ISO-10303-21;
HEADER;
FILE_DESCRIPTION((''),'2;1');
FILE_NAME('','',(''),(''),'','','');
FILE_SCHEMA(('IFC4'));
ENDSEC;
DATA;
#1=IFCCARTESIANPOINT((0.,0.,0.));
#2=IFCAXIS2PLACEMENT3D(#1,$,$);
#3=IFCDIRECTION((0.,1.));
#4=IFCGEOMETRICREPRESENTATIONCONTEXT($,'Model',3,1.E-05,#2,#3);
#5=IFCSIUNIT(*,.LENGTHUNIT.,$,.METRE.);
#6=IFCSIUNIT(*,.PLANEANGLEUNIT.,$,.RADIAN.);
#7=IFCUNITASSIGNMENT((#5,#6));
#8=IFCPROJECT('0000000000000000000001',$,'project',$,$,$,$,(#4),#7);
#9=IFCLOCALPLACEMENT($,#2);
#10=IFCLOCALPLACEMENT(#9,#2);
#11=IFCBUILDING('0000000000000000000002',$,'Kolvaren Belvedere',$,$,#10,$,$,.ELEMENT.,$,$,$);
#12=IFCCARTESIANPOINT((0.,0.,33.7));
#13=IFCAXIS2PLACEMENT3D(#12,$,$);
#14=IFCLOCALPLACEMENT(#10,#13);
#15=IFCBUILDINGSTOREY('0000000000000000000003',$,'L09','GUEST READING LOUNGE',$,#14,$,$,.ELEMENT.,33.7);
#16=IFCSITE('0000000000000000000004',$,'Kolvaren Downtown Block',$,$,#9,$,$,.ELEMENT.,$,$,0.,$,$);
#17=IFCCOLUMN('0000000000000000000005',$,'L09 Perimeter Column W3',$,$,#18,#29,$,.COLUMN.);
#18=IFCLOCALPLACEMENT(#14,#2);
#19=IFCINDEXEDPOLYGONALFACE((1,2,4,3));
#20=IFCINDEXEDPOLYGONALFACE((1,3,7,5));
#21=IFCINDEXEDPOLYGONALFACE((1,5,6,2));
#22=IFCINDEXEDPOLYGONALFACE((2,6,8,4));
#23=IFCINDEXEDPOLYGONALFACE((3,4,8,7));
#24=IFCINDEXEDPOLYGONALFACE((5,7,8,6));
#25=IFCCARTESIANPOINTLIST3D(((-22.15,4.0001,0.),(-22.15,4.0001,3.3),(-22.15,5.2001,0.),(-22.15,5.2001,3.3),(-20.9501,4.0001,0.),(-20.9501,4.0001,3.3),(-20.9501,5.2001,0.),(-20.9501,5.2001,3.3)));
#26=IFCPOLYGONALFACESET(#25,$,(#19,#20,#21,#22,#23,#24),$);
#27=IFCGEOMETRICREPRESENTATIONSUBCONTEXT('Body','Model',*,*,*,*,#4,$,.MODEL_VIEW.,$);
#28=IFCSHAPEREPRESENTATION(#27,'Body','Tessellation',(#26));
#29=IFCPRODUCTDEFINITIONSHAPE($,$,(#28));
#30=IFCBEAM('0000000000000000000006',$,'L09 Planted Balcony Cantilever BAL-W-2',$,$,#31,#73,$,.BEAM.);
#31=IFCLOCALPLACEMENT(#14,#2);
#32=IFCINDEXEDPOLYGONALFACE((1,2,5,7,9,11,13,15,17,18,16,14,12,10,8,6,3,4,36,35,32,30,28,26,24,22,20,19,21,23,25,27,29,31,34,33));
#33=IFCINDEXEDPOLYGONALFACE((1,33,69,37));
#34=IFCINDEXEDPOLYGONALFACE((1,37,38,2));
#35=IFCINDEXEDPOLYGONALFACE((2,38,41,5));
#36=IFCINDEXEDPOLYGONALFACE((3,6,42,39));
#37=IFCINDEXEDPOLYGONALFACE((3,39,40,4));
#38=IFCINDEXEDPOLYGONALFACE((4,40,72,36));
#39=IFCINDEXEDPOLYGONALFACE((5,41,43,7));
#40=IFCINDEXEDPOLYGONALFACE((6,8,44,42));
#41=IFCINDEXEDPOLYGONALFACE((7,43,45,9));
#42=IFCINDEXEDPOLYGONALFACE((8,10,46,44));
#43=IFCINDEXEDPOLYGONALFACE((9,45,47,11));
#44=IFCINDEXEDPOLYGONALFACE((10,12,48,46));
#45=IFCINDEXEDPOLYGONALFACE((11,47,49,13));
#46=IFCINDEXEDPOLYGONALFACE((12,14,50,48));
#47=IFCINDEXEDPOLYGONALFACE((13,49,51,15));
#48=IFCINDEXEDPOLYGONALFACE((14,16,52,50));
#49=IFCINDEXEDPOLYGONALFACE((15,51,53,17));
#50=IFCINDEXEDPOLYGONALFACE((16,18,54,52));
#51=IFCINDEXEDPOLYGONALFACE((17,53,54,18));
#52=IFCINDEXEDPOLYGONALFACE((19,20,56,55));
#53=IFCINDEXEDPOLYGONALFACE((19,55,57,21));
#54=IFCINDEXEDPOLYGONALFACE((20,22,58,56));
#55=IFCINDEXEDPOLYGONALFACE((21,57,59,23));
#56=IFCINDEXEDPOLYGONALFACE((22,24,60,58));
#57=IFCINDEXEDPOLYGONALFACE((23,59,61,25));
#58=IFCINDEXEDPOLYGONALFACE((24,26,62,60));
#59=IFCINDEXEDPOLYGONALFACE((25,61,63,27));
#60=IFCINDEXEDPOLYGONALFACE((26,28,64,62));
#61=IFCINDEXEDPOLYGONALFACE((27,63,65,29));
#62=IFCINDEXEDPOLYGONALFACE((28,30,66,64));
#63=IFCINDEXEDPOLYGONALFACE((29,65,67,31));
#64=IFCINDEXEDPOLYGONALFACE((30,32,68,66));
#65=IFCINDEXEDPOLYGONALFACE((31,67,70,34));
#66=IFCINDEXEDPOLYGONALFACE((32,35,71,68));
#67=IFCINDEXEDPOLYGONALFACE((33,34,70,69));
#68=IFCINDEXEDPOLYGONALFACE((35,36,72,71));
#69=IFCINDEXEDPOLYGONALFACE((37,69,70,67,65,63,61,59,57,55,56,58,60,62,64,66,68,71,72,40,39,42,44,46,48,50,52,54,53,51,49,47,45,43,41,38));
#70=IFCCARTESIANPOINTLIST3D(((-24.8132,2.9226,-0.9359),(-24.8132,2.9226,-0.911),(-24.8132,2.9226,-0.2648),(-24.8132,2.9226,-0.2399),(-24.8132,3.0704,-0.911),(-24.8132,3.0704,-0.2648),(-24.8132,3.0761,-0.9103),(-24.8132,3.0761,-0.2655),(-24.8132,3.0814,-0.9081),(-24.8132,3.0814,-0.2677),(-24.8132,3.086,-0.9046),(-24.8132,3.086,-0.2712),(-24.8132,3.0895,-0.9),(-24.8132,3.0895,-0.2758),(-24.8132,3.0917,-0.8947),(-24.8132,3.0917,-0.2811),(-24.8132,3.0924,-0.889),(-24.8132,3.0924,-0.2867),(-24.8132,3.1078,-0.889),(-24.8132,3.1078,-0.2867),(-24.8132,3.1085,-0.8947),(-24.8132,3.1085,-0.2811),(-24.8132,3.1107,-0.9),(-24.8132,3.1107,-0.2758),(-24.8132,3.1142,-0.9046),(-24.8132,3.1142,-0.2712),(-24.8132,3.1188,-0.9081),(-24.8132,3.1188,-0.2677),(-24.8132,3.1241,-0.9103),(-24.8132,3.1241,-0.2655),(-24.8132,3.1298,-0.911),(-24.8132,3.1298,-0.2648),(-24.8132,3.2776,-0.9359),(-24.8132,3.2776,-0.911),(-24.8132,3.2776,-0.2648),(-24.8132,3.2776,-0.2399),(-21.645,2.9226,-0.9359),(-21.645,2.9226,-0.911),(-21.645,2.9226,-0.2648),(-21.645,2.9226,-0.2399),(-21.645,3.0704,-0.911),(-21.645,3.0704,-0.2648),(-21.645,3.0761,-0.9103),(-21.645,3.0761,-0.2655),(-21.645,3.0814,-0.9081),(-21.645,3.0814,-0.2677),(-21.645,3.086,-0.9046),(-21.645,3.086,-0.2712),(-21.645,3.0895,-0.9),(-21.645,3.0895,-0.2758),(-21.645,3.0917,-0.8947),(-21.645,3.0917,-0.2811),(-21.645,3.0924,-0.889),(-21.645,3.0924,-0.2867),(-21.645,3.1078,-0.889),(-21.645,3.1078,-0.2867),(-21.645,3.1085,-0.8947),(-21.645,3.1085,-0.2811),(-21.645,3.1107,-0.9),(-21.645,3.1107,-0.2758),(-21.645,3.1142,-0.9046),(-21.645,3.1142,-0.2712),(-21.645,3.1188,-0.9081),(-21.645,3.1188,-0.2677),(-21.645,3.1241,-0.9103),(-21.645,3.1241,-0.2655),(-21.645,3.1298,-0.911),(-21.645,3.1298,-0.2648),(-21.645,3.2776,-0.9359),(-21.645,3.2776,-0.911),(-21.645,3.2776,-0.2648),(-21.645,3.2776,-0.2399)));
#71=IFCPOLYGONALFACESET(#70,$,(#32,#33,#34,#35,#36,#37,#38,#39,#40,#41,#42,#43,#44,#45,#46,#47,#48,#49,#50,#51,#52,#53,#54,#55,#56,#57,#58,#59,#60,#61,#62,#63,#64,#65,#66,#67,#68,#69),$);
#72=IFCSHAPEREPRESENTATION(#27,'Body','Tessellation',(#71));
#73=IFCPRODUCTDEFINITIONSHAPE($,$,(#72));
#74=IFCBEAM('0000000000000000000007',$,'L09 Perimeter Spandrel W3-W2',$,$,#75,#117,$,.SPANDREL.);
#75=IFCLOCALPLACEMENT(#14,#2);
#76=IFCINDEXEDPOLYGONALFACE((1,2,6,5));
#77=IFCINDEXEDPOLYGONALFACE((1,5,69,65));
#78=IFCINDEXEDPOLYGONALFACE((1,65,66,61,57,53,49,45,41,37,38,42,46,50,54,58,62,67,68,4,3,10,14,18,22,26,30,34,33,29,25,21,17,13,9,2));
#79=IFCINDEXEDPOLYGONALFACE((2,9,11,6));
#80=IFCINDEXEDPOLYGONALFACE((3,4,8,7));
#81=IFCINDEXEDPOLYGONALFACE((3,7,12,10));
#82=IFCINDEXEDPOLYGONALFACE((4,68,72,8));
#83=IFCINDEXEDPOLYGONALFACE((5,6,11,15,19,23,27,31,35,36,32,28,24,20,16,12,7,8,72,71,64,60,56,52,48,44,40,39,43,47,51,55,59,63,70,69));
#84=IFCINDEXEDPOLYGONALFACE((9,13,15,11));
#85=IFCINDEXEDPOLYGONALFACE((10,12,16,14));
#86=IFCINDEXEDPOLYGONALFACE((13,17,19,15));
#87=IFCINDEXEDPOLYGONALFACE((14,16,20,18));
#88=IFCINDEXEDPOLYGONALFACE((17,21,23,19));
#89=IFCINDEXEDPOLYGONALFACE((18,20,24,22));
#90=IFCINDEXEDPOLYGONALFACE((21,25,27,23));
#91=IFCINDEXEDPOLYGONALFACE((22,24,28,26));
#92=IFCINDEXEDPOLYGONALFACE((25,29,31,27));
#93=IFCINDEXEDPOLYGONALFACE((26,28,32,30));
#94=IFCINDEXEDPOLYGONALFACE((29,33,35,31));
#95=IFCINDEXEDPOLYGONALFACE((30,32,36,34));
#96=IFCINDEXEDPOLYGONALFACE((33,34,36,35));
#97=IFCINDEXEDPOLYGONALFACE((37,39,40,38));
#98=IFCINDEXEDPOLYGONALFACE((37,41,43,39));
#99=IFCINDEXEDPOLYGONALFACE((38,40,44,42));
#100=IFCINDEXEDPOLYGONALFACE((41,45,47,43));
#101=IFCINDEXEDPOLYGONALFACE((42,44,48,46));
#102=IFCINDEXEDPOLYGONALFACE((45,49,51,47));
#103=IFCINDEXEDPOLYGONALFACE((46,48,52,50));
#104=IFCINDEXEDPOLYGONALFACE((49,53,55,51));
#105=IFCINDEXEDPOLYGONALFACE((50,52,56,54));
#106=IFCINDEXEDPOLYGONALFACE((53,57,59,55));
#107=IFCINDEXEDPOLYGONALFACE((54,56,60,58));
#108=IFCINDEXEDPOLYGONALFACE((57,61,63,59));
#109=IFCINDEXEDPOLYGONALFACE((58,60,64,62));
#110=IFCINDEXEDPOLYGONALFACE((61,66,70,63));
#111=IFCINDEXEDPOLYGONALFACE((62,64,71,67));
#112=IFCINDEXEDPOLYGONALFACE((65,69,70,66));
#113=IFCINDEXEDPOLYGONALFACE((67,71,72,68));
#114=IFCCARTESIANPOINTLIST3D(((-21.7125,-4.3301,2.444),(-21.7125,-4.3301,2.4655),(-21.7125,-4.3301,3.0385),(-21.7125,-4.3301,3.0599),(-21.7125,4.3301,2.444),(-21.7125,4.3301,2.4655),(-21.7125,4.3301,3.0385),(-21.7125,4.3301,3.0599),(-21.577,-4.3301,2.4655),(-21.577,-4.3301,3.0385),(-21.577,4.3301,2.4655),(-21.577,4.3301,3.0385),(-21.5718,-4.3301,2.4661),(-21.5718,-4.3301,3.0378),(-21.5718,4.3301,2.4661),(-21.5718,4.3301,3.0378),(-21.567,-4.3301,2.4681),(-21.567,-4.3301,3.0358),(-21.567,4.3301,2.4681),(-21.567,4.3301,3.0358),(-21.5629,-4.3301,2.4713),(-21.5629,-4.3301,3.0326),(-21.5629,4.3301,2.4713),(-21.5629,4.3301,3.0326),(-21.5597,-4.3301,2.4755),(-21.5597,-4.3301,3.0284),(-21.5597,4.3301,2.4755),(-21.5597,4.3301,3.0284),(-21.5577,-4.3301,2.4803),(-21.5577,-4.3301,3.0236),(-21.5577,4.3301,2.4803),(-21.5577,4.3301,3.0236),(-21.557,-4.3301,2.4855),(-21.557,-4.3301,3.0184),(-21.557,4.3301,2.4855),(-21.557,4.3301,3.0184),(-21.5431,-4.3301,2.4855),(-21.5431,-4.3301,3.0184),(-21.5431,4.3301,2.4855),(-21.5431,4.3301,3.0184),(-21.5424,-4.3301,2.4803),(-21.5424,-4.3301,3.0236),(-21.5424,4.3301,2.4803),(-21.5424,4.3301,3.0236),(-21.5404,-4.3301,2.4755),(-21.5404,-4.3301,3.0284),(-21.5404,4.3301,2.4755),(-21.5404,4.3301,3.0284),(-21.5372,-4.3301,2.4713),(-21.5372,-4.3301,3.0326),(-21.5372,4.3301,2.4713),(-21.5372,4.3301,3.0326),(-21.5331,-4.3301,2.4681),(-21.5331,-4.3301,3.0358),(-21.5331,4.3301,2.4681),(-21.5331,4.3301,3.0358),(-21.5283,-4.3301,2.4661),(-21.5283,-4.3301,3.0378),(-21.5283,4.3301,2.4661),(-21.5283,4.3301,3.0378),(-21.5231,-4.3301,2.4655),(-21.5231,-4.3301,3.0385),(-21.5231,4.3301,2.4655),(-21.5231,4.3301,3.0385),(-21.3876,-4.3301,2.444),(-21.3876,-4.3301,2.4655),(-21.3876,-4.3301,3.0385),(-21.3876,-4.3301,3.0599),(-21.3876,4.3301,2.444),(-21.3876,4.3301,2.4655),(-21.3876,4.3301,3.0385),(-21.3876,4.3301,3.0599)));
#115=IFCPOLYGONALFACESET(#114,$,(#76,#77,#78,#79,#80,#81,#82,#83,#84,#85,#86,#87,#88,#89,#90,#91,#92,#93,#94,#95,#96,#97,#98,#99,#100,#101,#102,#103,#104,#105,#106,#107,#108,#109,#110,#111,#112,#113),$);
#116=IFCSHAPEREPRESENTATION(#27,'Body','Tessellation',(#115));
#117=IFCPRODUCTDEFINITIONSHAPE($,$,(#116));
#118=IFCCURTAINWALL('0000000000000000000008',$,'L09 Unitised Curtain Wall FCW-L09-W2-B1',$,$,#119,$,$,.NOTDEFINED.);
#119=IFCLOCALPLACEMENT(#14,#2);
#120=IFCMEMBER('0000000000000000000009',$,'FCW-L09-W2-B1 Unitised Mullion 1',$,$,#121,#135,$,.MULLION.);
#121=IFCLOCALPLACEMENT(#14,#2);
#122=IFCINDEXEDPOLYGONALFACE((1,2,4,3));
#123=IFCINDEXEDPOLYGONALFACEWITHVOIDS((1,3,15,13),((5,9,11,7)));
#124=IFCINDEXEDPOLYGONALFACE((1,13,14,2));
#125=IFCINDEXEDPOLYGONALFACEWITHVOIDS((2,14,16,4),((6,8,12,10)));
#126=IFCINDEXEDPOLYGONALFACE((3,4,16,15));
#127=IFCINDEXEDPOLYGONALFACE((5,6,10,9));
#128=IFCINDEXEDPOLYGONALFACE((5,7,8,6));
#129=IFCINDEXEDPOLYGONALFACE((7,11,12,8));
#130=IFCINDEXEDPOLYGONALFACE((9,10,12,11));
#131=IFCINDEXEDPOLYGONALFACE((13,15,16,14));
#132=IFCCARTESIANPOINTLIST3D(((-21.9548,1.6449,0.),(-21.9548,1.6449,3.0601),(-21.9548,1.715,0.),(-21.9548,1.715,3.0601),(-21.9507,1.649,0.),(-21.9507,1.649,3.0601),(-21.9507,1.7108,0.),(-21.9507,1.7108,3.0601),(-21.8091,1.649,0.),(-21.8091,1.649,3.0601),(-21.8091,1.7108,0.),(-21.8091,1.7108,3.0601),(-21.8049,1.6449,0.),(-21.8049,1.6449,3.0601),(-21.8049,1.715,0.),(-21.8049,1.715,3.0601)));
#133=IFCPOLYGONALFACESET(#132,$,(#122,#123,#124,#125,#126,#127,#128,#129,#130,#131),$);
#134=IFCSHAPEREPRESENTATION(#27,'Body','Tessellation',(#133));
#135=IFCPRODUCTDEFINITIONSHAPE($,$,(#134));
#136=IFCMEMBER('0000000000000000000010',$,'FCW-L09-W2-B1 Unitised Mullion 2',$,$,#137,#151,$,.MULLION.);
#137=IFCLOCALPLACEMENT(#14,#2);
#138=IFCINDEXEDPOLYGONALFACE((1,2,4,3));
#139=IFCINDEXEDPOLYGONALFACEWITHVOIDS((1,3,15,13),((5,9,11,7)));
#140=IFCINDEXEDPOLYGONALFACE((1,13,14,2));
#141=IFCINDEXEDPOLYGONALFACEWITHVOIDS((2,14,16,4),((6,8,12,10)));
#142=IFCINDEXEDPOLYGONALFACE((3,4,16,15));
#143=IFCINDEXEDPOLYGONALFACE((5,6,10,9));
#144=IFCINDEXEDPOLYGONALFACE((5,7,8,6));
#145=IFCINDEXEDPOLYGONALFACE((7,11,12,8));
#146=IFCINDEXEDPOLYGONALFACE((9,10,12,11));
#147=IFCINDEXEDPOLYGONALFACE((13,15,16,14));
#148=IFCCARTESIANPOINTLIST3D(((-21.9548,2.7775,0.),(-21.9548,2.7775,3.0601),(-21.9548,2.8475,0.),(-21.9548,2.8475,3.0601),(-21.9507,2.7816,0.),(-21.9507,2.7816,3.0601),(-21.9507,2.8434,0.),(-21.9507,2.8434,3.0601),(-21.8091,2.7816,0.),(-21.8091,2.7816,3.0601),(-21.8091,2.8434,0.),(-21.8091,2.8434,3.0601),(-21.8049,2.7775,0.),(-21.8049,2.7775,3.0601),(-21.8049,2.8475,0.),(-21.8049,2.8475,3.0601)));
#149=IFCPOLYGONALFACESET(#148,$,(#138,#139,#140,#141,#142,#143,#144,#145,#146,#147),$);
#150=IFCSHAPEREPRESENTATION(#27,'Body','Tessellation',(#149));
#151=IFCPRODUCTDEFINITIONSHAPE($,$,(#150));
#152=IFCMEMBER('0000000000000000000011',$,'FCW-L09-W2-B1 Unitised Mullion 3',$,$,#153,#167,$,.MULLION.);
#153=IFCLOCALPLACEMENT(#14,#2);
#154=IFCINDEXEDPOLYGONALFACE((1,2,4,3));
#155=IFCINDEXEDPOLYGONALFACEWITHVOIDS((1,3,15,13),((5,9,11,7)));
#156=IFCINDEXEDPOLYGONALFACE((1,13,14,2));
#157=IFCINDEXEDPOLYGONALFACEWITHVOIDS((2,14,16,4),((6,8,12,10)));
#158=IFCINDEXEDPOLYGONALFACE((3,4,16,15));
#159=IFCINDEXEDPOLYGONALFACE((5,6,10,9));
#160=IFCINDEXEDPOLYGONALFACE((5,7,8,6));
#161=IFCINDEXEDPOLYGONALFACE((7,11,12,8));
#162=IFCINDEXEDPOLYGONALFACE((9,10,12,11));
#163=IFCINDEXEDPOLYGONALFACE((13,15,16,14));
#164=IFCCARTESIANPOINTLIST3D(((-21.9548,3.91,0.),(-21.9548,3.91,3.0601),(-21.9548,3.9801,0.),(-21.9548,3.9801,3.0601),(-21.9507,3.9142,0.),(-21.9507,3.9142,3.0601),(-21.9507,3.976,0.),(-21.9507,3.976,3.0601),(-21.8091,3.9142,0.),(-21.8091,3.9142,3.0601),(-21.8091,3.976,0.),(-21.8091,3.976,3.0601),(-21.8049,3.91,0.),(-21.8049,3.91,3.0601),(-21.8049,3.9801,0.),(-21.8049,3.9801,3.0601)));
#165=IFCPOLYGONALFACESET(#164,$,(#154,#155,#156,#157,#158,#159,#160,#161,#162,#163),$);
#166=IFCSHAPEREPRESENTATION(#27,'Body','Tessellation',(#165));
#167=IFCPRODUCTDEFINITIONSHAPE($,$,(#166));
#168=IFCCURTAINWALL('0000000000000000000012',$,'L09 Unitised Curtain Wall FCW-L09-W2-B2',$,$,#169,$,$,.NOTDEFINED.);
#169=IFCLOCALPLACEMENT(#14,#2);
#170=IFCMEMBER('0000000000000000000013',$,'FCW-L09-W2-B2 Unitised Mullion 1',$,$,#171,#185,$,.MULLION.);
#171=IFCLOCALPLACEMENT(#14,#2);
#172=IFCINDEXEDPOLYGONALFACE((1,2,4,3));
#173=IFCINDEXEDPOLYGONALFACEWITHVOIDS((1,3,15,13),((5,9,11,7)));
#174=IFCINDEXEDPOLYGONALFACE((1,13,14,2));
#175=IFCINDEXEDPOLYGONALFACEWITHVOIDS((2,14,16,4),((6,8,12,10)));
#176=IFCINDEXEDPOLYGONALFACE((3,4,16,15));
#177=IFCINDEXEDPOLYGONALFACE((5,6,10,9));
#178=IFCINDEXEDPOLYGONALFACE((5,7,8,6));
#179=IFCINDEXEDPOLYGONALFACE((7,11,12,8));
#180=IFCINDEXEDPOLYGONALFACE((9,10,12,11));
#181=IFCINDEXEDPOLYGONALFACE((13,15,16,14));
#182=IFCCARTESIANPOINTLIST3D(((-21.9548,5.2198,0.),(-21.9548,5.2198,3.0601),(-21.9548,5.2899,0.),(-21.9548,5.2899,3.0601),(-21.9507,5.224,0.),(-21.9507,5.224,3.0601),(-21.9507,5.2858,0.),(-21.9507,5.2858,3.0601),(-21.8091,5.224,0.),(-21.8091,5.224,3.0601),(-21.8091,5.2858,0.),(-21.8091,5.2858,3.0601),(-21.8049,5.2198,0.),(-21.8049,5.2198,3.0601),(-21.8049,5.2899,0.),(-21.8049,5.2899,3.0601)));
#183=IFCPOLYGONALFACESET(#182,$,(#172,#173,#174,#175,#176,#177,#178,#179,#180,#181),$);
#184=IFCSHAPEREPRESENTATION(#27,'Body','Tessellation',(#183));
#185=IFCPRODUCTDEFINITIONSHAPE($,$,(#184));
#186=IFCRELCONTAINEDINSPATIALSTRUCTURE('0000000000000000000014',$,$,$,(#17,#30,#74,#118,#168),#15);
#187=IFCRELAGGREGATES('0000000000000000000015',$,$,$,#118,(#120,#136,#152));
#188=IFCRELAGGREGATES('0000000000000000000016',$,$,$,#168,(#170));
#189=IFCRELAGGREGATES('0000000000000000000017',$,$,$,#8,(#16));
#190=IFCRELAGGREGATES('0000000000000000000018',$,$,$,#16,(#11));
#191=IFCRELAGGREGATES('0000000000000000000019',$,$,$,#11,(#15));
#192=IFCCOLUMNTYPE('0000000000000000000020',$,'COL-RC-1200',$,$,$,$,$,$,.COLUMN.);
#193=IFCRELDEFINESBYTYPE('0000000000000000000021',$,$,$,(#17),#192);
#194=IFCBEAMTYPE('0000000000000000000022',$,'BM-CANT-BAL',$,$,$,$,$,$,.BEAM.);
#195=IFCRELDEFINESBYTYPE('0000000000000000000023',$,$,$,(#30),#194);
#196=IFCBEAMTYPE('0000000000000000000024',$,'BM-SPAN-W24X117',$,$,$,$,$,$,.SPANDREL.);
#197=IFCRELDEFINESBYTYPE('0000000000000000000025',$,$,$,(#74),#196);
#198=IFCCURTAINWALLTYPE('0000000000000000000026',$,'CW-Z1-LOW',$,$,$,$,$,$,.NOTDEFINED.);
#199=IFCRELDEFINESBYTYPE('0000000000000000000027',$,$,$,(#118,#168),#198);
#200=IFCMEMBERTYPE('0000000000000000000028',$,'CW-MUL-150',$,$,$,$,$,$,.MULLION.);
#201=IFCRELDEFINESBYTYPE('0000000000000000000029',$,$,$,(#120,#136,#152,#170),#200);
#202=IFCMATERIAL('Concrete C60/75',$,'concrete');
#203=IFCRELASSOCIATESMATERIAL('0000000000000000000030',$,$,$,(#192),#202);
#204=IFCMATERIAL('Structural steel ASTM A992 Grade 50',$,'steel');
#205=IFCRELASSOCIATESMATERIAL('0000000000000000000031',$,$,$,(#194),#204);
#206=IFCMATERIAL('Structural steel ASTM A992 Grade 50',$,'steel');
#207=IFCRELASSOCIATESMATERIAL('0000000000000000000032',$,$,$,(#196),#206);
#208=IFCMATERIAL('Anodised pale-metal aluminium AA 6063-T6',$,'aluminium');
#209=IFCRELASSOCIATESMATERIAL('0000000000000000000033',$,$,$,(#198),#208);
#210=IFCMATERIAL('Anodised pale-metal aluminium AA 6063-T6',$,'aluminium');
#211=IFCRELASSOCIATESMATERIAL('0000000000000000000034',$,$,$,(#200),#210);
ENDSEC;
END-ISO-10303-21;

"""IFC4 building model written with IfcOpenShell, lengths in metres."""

from ifc_helpers import new_model, si_unit, direction, frame, origin, origin_2d, place, context, subcontext, project, spatial, rectangle, hollow_rectangle, i_section, extrude, material, material_profile, profile_set, type_object, element, aggregate, save


model = new_model("IFC4")

# Units and contexts
model_context = context("Model", 3, precision=1e-05, world=origin(), true_north=direction((0.0, 1.0)))
body_context = subcontext(model_context, "Body", "Model", "MODEL_VIEW")
ifc_project = project(units=[si_unit("LENGTHUNIT", "METRE"), si_unit("PLANEANGLEUNIT", "RADIAN")], contexts=[model_context])

# Site, building, storey
site_placement = place(None, origin())
site = spatial("IfcSite", under=ifc_project, at=site_placement, Name="Kolvaren Downtown Block", CompositionType="ELEMENT", RefElevation=0.0)
building_placement = place(site_placement, origin())
building = spatial("IfcBuilding", under=site, at=building_placement, Name="Kolvaren Belvedere", CompositionType="ELEMENT")
storey_placement = place(building_placement, frame((0.0, 0.0, 33.7)))
storey = spatial("IfcBuildingStorey", under=building, at=storey_placement, Name="L09", Description="GUEST READING LOUNGE", CompositionType="ELEMENT", Elevation=33.7)

# Column
ifc_material_1 = material(Name="Concrete C60/75", Category="concrete")
ifc_material_profile_1 = material_profile(ifc_material_1, rectangle(XDim=1.2, YDim=1.2, at=origin_2d()), Name="RC 1200X1200")
ifc_profile_set_1 = profile_set([ifc_material_profile_1], Name="Concrete C60/75")
column_type = type_object("IfcColumnType", Name="COL-RC-1200", PredefinedType="COLUMN", material=ifc_profile_set_1)
column_placement = place(storey_placement, frame((-21.55, 4.6001, 0.0), z_axis=(0.0, 0.0, 1.0), x_axis=(1.0, 0.0, 0.0)))
element("IfcColumn", 1, at=column_placement, inside=storey, type_object=column_type, Name="L09 Perimeter Column W3", PredefinedType="COLUMN", context=body_context, shape_type="SweptSolid", body=[
    extrude(rectangle(XDim=1.2, YDim=1.2, at=origin_2d()), origin(), (0.0, 0.0, 1.0), 3.3),
])

# Beams
ifc_material_2 = material(Name="Structural steel ASTM A992 Grade 50", Category="steel")
ifc_material_profile_2 = material_profile(ifc_material_2, i_section(OverallWidth=0.355, OverallDepth=0.696, WebThickness=0.0154, FlangeThickness=0.0249, FilletRadius=0.022, at=origin_2d()), Name="W27X146")
ifc_profile_set_2 = profile_set([ifc_material_profile_2], Name="Structural steel ASTM A992 Grade 50")
beam_type_1 = type_object("IfcBeamType", Name="BM-CANT-BAL", PredefinedType="BEAM", material=ifc_profile_set_2)
beam_1_placement = place(storey_placement, frame((-21.645, 3.1001, -0.5879), z_axis=(-1.0, 0.0, 0.0), x_axis=(0.0, -1.0, 0.0)))
element("IfcBeam", 2, at=beam_1_placement, inside=storey, type_object=beam_type_1, Name="L09 Planted Balcony Cantilever BAL-W-2", PredefinedType="BEAM", context=body_context, shape_type="SweptSolid", body=[
    extrude(i_section(OverallWidth=0.355, OverallDepth=0.696, WebThickness=0.0154, FlangeThickness=0.0249, FilletRadius=0.022, at=origin_2d()), origin(), (0.0, 0.0, 1.0), 3.1682),
])
ifc_material_3 = material(Name="Structural steel ASTM A992 Grade 50", Category="steel")
ifc_material_profile_3 = material_profile(ifc_material_3, i_section(OverallWidth=0.325, OverallDepth=0.616, WebThickness=0.0139, FlangeThickness=0.0215, FilletRadius=0.02, at=origin_2d()), Name="W24X117")
ifc_profile_set_3 = profile_set([ifc_material_profile_3], Name="Structural steel ASTM A992 Grade 50")
beam_type_2 = type_object("IfcBeamType", Name="BM-SPAN-W24X117", PredefinedType="SPANDREL", material=ifc_profile_set_3)
beam_2_placement = place(storey_placement, frame((-21.55, 4.3301, 2.752), z_axis=(0.0, -1.0, 0.0), x_axis=(1.0, 0.0, 0.0)))
element("IfcBeam", 3, at=beam_2_placement, inside=storey, type_object=beam_type_2, Name="L09 Perimeter Spandrel W3-W2", PredefinedType="SPANDREL", context=body_context, shape_type="SweptSolid", body=[
    extrude(i_section(OverallWidth=0.325, OverallDepth=0.616, WebThickness=0.0139, FlangeThickness=0.0215, FilletRadius=0.02, at=origin_2d()), origin(), (0.0, 0.0, 1.0), 8.6602),
])

# Curtain wall, members
ifc_material_4 = material(Name="Anodised pale-metal aluminium AA 6063-T6", Category="aluminium")
curtain_wall_type = type_object("IfcCurtainWallType", Name="CW-Z1-LOW", PredefinedType="NOTDEFINED", material=ifc_material_4)
curtain_wall_1_placement = place(storey_placement, origin())
curtain_wall_1 = element("IfcCurtainWall", 4, at=curtain_wall_1_placement, inside=storey, type_object=curtain_wall_type, Name="L09 Unitised Curtain Wall FCW-L09-W2-B1", PredefinedType="NOTDEFINED")
ifc_material_5 = material(Name="Anodised pale-metal aluminium AA 6063-T6", Category="aluminium")
ifc_material_profile_4 = material_profile(ifc_material_5, hollow_rectangle(XDim=0.0701, YDim=0.1499, WallThickness=0.0042, at=origin_2d()), Name="ALU-MUL-150X70")
ifc_profile_set_4 = profile_set([ifc_material_profile_4], Name="Anodised pale-metal aluminium AA 6063-T6")
member_type_1 = type_object("IfcMemberType", Name="CW-MUL-150", PredefinedType="MULLION", material=ifc_profile_set_4)
member_1_placement = place(storey_placement, frame((-21.8799, 1.6799, 0.0), z_axis=(0.0, 0.0, 1.0), x_axis=(0.0, 1.0, 0.0)))
member_1 = element("IfcMember", 5, at=member_1_placement, type_object=member_type_1, Name="FCW-L09-W2-B1 Unitised Mullion 1", PredefinedType="MULLION", context=body_context, shape_type="SweptSolid", body=[
    extrude(hollow_rectangle(XDim=0.0701, YDim=0.1499, WallThickness=0.0042, at=origin_2d()), origin(), (0.0, 0.0, 1.0), 3.0601),
])
member_2_placement = place(storey_placement, frame((-21.8799, 2.8125, 0.0), z_axis=(0.0, 0.0, 1.0), x_axis=(0.0, 1.0, 0.0)))
member_2 = element("IfcMember", 6, at=member_2_placement, type_object=member_type_1, Name="FCW-L09-W2-B1 Unitised Mullion 2", PredefinedType="MULLION", context=body_context, shape_type="SweptSolid", body=[
    extrude(hollow_rectangle(XDim=0.0701, YDim=0.1499, WallThickness=0.0042, at=origin_2d()), origin(), (0.0, 0.0, 1.0), 3.0601),
])
member_3_placement = place(storey_placement, frame((-21.8799, 3.9451, 0.0), z_axis=(0.0, 0.0, 1.0), x_axis=(0.0, 1.0, 0.0)))
member_3 = element("IfcMember", 7, at=member_3_placement, type_object=member_type_1, Name="FCW-L09-W2-B1 Unitised Mullion 3", PredefinedType="MULLION", context=body_context, shape_type="SweptSolid", body=[
    extrude(hollow_rectangle(XDim=0.0701, YDim=0.1499, WallThickness=0.0042, at=origin_2d()), origin(), (0.0, 0.0, 1.0), 3.0601),
])

# Curtain wall, member
curtain_wall_2_placement = place(storey_placement, origin())
curtain_wall_2 = element("IfcCurtainWall", 8, at=curtain_wall_2_placement, inside=storey, type_object=curtain_wall_type, Name="L09 Unitised Curtain Wall FCW-L09-W2-B2", PredefinedType="NOTDEFINED")
member_4_placement = place(storey_placement, frame((-21.8799, 5.2549, 0.0), z_axis=(0.0, 0.0, 1.0), x_axis=(0.0, 1.0, 0.0)))
member_4 = element("IfcMember", 9, at=member_4_placement, type_object=member_type_1, Name="FCW-L09-W2-B2 Unitised Mullion 1", PredefinedType="MULLION", context=body_context, shape_type="SweptSolid", body=[
    extrude(hollow_rectangle(XDim=0.0701, YDim=0.1499, WallThickness=0.0042, at=origin_2d()), origin(), (0.0, 0.0, 1.0), 3.0601),
])

aggregate(curtain_wall_1, [member_1, member_2, member_3])
aggregate(curtain_wall_2, [member_4])

save(model, "model.ifc")
